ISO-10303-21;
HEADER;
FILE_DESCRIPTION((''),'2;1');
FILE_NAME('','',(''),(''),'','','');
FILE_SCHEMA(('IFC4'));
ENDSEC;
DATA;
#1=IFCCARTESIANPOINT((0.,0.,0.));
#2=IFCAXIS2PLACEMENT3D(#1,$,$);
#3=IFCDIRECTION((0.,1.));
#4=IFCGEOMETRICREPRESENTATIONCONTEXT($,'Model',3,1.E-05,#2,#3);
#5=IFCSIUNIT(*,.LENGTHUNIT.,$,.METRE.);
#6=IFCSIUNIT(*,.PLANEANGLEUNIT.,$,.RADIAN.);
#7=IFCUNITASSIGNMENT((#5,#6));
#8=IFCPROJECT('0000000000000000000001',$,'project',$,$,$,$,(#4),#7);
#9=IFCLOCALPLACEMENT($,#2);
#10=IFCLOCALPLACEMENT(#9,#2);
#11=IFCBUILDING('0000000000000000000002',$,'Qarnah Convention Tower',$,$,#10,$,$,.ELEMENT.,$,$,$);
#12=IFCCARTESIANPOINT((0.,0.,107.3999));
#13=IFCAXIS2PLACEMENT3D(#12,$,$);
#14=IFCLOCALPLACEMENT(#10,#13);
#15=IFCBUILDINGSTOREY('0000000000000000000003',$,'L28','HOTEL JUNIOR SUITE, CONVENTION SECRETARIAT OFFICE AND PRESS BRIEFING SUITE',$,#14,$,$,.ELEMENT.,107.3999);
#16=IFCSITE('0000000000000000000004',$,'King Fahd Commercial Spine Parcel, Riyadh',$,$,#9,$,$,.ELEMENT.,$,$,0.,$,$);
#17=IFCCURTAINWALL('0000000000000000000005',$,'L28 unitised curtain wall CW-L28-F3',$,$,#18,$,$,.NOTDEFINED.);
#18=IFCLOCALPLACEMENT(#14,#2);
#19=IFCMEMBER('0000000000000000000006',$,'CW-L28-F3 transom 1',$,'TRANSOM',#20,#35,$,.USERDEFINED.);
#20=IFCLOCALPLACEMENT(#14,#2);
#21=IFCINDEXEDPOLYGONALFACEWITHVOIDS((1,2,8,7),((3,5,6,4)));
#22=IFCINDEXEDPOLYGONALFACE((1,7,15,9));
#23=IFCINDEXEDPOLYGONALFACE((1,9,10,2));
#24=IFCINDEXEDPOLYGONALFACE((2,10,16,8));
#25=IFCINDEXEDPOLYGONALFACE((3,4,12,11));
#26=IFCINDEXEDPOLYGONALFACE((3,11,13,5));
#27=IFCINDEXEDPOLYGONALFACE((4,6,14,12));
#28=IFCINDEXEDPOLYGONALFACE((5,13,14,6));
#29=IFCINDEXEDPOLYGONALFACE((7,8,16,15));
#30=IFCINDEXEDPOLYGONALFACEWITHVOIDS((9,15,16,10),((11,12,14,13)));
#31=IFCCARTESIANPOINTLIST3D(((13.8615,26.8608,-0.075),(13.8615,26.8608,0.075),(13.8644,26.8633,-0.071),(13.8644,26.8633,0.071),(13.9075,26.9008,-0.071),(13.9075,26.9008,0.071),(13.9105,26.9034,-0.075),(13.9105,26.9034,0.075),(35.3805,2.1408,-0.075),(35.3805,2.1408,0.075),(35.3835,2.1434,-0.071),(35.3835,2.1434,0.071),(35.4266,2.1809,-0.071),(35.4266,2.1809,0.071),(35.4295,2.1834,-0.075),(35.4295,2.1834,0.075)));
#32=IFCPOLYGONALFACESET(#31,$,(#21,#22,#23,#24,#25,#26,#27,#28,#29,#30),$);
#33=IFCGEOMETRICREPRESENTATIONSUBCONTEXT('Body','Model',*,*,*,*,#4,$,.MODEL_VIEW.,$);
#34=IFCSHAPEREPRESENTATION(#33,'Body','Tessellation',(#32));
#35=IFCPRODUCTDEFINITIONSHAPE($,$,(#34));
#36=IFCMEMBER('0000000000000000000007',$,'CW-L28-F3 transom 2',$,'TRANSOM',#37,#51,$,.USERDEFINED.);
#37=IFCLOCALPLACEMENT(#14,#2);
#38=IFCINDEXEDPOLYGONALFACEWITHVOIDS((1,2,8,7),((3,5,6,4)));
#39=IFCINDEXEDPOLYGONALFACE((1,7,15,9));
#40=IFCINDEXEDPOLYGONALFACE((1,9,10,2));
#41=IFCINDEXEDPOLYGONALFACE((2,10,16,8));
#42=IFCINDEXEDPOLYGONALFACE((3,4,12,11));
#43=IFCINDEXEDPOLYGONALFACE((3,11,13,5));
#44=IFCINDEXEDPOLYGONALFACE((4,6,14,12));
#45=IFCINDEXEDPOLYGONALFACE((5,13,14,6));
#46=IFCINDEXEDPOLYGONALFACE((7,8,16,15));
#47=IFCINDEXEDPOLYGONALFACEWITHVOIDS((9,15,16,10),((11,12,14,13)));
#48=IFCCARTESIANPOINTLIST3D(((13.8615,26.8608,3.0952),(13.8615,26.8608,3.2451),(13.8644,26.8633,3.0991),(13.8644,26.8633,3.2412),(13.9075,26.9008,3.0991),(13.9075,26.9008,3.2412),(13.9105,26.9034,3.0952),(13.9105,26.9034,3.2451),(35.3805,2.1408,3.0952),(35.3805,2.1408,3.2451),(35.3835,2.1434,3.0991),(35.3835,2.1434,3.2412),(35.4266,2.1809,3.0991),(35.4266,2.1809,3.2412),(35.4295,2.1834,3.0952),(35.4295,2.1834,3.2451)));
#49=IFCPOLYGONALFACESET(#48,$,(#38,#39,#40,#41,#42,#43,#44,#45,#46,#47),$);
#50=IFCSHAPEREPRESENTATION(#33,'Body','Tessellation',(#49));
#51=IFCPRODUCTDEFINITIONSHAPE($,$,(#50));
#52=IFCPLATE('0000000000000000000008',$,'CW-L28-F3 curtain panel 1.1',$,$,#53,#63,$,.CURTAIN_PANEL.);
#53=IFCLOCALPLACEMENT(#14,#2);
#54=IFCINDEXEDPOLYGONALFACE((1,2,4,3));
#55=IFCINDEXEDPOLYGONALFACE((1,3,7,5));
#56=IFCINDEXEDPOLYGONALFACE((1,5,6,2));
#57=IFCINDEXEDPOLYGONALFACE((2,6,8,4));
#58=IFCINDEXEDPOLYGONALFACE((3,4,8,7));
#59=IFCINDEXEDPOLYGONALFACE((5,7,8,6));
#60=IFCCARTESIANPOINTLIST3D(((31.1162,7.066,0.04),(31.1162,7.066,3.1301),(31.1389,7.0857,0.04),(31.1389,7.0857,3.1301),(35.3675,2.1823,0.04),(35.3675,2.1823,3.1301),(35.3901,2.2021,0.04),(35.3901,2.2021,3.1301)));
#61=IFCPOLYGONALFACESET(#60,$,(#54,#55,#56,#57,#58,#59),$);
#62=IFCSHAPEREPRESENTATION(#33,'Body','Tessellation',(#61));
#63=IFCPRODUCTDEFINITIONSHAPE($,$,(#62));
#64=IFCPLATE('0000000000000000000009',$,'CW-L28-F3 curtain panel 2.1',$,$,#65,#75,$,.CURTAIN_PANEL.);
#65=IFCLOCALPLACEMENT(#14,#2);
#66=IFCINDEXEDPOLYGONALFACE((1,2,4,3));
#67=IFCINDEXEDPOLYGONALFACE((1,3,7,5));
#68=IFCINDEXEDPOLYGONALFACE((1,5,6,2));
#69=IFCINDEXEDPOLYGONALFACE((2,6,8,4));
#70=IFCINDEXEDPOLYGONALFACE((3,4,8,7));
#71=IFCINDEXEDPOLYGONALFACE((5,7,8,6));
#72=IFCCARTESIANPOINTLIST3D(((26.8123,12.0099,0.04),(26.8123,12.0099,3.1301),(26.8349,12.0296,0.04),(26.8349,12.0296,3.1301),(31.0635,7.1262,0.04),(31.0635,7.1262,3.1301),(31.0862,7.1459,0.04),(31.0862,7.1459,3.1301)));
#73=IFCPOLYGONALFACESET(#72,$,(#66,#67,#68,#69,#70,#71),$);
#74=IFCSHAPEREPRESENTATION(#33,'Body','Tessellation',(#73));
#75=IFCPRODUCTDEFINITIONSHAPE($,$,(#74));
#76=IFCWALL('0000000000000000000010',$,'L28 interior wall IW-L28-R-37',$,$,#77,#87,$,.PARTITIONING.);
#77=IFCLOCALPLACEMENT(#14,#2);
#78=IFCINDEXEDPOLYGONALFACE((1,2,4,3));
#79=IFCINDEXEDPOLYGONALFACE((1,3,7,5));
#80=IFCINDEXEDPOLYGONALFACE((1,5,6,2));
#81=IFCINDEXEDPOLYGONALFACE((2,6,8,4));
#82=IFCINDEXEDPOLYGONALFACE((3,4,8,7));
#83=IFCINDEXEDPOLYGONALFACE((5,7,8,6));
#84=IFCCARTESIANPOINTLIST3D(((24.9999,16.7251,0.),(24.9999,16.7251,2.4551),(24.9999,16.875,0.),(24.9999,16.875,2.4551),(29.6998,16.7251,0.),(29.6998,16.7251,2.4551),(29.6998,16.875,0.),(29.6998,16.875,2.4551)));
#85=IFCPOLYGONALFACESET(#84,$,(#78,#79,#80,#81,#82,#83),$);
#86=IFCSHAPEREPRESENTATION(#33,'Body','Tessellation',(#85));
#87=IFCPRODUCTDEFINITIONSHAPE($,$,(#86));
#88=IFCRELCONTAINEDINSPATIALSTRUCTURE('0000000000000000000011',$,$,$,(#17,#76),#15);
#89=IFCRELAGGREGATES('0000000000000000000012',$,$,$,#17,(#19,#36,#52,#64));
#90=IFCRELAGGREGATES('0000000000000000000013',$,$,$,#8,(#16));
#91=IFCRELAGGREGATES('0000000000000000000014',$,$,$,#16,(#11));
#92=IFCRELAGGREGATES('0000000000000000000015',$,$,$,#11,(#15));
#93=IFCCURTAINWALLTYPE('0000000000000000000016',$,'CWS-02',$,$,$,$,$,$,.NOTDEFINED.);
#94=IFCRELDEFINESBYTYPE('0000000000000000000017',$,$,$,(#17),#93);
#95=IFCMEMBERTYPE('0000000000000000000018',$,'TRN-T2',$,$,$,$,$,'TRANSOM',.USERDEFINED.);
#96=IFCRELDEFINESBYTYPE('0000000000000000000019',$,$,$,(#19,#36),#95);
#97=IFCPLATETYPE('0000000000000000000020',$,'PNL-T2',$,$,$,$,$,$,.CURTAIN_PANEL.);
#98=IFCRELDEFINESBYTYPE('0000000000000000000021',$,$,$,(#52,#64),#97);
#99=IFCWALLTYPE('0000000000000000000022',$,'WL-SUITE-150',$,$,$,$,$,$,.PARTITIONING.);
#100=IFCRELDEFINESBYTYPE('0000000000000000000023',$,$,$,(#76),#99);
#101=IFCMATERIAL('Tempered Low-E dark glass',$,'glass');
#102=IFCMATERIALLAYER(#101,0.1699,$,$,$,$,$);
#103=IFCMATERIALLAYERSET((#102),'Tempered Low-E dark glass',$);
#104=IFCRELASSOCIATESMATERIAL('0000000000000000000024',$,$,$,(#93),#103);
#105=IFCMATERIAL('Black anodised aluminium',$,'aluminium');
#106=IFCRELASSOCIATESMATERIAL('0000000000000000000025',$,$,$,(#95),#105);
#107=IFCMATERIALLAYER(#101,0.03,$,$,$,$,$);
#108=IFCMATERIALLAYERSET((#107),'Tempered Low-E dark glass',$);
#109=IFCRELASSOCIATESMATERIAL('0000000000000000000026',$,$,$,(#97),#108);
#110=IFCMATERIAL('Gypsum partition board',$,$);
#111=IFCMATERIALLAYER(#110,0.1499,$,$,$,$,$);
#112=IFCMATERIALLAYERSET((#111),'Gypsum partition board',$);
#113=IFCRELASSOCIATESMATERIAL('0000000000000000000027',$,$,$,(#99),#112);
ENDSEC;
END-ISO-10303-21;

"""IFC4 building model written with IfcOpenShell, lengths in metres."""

from ifc_helpers import new_model, si_unit, direction, frame, frame_2d, origin, origin_2d, place, context, subcontext, project, spatial, rectangle, hollow_rectangle, extrude, material, layer, layer_set, material_profile, profile_set, type_object, element, aggregate, save


model = new_model("IFC4")

# Units and contexts
model_context = context("Model", 3, precision=1e-05, world=origin(), true_north=direction((0.0, 1.0)))
body_context = subcontext(model_context, "Body", "Model", "MODEL_VIEW")
ifc_project = project(units=[si_unit("LENGTHUNIT", "METRE"), si_unit("PLANEANGLEUNIT", "RADIAN")], contexts=[model_context])

# Site, building, storey
site_placement = place(None, origin())
site = spatial("IfcSite", under=ifc_project, at=site_placement, Name="King Fahd Commercial Spine Parcel, Riyadh", CompositionType="ELEMENT", RefElevation=0.0)
building_placement = place(site_placement, origin())
building = spatial("IfcBuilding", under=site, at=building_placement, Name="Qarnah Convention Tower", CompositionType="ELEMENT")
storey_placement = place(building_placement, frame((0.0, 0.0, 107.3999)))
storey = spatial("IfcBuildingStorey", under=building, at=storey_placement, Name="L28", Description="HOTEL JUNIOR SUITE, CONVENTION SECRETARIAT OFFICE AND PRESS BRIEFING SUITE", CompositionType="ELEMENT", Elevation=107.3999)

# Curtain wall, members, plates
ifc_material_1 = material(Name="Tempered Low-E dark glass", Category="glass")
ifc_layer_1 = layer(ifc_material_1, 0.1699)
ifc_layer_set_1 = layer_set([ifc_layer_1], Name="Tempered Low-E dark glass")
curtain_wall_type = type_object("IfcCurtainWallType", Name="CWS-02", PredefinedType="NOTDEFINED", material=ifc_layer_set_1)
curtain_wall_placement = place(storey_placement, origin())
curtain_wall = element("IfcCurtainWall", 1, at=curtain_wall_placement, inside=storey, type_object=curtain_wall_type, Name="L28 unitised curtain wall CW-L28-F3", PredefinedType="NOTDEFINED")
ifc_material_2 = material(Name="Black anodised aluminium", Category="aluminium")
ifc_material_profile_1 = material_profile(ifc_material_2, hollow_rectangle(XDim=0.0649, YDim=0.1499, WallThickness=0.0039, at=origin_2d()), Name="TRN-65X150")
ifc_profile_set_1 = profile_set([ifc_material_profile_1], Name="Black anodised aluminium")
member_type_1 = type_object("IfcMemberType", Name="TRN-T2", ElementType="TRANSOM", PredefinedType="USERDEFINED", material=ifc_profile_set_1)
member_1_placement = place(storey_placement, frame((35.405, 2.1621, 0.0), z_axis=(-0.656585, 0.754252, 0.0), x_axis=(-0.754252, -0.656585, 0.0)))
member_1 = element("IfcMember", 2, at=member_1_placement, type_object=member_type_1, Name="CW-L28-F3 transom 1", ObjectType="TRANSOM", PredefinedType="USERDEFINED", context=body_context, shape_type="SweptSolid", body=[
    extrude(hollow_rectangle(XDim=0.0649, YDim=0.1499, WallThickness=0.0039, at=origin_2d()), origin(), (0.0, 0.0, 1.0), 32.7742),
])
member_2_placement = place(storey_placement, frame((35.405, 2.1621, 3.1702), z_axis=(-0.656585, 0.754252, 0.0), x_axis=(-0.754252, -0.656585, 0.0)))
member_2 = element("IfcMember", 3, at=member_2_placement, type_object=member_type_1, Name="CW-L28-F3 transom 2", ObjectType="TRANSOM", PredefinedType="USERDEFINED", context=body_context, shape_type="SweptSolid", body=[
    extrude(hollow_rectangle(XDim=0.0649, YDim=0.1499, WallThickness=0.0039, at=origin_2d()), origin(), (0.0, 0.0, 1.0), 32.7742),
])
ifc_layer_2 = layer(ifc_material_1, 0.03)
ifc_layer_set_2 = layer_set([ifc_layer_2], Name="Tempered Low-E dark glass")
plate_type = type_object("IfcPlateType", Name="PNL-T2", PredefinedType="CURTAIN_PANEL", material=ifc_layer_set_2)
plate_1_placement = place(storey_placement, frame((33.2532, 4.634, 0.04), z_axis=(0.0, 0.0, 1.0), x_axis=(-0.656584, 0.754253, 0.0)))
plate_1 = element("IfcPlate", 4, at=plate_1_placement, type_object=plate_type, Name="CW-L28-F3 curtain panel 1.1", PredefinedType="CURTAIN_PANEL", context=body_context, shape_type="SweptSolid", body=[
    extrude(rectangle(XDim=6.4749, YDim=0.03, at=origin_2d()), origin(), (0.0, 0.0, 1.0), 3.0901),
])
plate_2_placement = place(storey_placement, frame((28.9492, 9.5779, 0.04), z_axis=(0.0, 0.0, 1.0), x_axis=(-0.656584, 0.754253, 0.0)))
plate_2 = element("IfcPlate", 5, at=plate_2_placement, type_object=plate_type, Name="CW-L28-F3 curtain panel 2.1", PredefinedType="CURTAIN_PANEL", context=body_context, shape_type="SweptSolid", body=[
    extrude(rectangle(XDim=6.4749, YDim=0.03, at=origin_2d()), origin(), (0.0, 0.0, 1.0), 3.0901),
])
aggregate(curtain_wall, [member_1, member_2, plate_1, plate_2])

# Wall
ifc_material_3 = material(Name="Gypsum partition board")
ifc_layer_3 = layer(ifc_material_3, 0.1499)
ifc_layer_set_3 = layer_set([ifc_layer_3], Name="Gypsum partition board")
wall_type_1 = type_object("IfcWallType", Name="WL-SUITE-150", PredefinedType="PARTITIONING", material=ifc_layer_set_3)
wall_1_placement = place(storey_placement, frame((29.7, 16.8, 0.0), z_axis=(0.0, 0.0, 1.0), x_axis=(-1.0, 0.0, 0.0)))
element("IfcWall", 6, at=wall_1_placement, inside=storey, type_object=wall_type_1, Name="L28 interior wall IW-L28-R-37", PredefinedType="PARTITIONING", context=body_context, shape_type="SweptSolid", body=[
    extrude(rectangle(XDim=4.7, YDim=0.1499, at=frame_2d((2.3501, 0.0))), origin(), (0.0, 0.0, 1.0), 2.4551),
])

save(model, "model.ifc")
